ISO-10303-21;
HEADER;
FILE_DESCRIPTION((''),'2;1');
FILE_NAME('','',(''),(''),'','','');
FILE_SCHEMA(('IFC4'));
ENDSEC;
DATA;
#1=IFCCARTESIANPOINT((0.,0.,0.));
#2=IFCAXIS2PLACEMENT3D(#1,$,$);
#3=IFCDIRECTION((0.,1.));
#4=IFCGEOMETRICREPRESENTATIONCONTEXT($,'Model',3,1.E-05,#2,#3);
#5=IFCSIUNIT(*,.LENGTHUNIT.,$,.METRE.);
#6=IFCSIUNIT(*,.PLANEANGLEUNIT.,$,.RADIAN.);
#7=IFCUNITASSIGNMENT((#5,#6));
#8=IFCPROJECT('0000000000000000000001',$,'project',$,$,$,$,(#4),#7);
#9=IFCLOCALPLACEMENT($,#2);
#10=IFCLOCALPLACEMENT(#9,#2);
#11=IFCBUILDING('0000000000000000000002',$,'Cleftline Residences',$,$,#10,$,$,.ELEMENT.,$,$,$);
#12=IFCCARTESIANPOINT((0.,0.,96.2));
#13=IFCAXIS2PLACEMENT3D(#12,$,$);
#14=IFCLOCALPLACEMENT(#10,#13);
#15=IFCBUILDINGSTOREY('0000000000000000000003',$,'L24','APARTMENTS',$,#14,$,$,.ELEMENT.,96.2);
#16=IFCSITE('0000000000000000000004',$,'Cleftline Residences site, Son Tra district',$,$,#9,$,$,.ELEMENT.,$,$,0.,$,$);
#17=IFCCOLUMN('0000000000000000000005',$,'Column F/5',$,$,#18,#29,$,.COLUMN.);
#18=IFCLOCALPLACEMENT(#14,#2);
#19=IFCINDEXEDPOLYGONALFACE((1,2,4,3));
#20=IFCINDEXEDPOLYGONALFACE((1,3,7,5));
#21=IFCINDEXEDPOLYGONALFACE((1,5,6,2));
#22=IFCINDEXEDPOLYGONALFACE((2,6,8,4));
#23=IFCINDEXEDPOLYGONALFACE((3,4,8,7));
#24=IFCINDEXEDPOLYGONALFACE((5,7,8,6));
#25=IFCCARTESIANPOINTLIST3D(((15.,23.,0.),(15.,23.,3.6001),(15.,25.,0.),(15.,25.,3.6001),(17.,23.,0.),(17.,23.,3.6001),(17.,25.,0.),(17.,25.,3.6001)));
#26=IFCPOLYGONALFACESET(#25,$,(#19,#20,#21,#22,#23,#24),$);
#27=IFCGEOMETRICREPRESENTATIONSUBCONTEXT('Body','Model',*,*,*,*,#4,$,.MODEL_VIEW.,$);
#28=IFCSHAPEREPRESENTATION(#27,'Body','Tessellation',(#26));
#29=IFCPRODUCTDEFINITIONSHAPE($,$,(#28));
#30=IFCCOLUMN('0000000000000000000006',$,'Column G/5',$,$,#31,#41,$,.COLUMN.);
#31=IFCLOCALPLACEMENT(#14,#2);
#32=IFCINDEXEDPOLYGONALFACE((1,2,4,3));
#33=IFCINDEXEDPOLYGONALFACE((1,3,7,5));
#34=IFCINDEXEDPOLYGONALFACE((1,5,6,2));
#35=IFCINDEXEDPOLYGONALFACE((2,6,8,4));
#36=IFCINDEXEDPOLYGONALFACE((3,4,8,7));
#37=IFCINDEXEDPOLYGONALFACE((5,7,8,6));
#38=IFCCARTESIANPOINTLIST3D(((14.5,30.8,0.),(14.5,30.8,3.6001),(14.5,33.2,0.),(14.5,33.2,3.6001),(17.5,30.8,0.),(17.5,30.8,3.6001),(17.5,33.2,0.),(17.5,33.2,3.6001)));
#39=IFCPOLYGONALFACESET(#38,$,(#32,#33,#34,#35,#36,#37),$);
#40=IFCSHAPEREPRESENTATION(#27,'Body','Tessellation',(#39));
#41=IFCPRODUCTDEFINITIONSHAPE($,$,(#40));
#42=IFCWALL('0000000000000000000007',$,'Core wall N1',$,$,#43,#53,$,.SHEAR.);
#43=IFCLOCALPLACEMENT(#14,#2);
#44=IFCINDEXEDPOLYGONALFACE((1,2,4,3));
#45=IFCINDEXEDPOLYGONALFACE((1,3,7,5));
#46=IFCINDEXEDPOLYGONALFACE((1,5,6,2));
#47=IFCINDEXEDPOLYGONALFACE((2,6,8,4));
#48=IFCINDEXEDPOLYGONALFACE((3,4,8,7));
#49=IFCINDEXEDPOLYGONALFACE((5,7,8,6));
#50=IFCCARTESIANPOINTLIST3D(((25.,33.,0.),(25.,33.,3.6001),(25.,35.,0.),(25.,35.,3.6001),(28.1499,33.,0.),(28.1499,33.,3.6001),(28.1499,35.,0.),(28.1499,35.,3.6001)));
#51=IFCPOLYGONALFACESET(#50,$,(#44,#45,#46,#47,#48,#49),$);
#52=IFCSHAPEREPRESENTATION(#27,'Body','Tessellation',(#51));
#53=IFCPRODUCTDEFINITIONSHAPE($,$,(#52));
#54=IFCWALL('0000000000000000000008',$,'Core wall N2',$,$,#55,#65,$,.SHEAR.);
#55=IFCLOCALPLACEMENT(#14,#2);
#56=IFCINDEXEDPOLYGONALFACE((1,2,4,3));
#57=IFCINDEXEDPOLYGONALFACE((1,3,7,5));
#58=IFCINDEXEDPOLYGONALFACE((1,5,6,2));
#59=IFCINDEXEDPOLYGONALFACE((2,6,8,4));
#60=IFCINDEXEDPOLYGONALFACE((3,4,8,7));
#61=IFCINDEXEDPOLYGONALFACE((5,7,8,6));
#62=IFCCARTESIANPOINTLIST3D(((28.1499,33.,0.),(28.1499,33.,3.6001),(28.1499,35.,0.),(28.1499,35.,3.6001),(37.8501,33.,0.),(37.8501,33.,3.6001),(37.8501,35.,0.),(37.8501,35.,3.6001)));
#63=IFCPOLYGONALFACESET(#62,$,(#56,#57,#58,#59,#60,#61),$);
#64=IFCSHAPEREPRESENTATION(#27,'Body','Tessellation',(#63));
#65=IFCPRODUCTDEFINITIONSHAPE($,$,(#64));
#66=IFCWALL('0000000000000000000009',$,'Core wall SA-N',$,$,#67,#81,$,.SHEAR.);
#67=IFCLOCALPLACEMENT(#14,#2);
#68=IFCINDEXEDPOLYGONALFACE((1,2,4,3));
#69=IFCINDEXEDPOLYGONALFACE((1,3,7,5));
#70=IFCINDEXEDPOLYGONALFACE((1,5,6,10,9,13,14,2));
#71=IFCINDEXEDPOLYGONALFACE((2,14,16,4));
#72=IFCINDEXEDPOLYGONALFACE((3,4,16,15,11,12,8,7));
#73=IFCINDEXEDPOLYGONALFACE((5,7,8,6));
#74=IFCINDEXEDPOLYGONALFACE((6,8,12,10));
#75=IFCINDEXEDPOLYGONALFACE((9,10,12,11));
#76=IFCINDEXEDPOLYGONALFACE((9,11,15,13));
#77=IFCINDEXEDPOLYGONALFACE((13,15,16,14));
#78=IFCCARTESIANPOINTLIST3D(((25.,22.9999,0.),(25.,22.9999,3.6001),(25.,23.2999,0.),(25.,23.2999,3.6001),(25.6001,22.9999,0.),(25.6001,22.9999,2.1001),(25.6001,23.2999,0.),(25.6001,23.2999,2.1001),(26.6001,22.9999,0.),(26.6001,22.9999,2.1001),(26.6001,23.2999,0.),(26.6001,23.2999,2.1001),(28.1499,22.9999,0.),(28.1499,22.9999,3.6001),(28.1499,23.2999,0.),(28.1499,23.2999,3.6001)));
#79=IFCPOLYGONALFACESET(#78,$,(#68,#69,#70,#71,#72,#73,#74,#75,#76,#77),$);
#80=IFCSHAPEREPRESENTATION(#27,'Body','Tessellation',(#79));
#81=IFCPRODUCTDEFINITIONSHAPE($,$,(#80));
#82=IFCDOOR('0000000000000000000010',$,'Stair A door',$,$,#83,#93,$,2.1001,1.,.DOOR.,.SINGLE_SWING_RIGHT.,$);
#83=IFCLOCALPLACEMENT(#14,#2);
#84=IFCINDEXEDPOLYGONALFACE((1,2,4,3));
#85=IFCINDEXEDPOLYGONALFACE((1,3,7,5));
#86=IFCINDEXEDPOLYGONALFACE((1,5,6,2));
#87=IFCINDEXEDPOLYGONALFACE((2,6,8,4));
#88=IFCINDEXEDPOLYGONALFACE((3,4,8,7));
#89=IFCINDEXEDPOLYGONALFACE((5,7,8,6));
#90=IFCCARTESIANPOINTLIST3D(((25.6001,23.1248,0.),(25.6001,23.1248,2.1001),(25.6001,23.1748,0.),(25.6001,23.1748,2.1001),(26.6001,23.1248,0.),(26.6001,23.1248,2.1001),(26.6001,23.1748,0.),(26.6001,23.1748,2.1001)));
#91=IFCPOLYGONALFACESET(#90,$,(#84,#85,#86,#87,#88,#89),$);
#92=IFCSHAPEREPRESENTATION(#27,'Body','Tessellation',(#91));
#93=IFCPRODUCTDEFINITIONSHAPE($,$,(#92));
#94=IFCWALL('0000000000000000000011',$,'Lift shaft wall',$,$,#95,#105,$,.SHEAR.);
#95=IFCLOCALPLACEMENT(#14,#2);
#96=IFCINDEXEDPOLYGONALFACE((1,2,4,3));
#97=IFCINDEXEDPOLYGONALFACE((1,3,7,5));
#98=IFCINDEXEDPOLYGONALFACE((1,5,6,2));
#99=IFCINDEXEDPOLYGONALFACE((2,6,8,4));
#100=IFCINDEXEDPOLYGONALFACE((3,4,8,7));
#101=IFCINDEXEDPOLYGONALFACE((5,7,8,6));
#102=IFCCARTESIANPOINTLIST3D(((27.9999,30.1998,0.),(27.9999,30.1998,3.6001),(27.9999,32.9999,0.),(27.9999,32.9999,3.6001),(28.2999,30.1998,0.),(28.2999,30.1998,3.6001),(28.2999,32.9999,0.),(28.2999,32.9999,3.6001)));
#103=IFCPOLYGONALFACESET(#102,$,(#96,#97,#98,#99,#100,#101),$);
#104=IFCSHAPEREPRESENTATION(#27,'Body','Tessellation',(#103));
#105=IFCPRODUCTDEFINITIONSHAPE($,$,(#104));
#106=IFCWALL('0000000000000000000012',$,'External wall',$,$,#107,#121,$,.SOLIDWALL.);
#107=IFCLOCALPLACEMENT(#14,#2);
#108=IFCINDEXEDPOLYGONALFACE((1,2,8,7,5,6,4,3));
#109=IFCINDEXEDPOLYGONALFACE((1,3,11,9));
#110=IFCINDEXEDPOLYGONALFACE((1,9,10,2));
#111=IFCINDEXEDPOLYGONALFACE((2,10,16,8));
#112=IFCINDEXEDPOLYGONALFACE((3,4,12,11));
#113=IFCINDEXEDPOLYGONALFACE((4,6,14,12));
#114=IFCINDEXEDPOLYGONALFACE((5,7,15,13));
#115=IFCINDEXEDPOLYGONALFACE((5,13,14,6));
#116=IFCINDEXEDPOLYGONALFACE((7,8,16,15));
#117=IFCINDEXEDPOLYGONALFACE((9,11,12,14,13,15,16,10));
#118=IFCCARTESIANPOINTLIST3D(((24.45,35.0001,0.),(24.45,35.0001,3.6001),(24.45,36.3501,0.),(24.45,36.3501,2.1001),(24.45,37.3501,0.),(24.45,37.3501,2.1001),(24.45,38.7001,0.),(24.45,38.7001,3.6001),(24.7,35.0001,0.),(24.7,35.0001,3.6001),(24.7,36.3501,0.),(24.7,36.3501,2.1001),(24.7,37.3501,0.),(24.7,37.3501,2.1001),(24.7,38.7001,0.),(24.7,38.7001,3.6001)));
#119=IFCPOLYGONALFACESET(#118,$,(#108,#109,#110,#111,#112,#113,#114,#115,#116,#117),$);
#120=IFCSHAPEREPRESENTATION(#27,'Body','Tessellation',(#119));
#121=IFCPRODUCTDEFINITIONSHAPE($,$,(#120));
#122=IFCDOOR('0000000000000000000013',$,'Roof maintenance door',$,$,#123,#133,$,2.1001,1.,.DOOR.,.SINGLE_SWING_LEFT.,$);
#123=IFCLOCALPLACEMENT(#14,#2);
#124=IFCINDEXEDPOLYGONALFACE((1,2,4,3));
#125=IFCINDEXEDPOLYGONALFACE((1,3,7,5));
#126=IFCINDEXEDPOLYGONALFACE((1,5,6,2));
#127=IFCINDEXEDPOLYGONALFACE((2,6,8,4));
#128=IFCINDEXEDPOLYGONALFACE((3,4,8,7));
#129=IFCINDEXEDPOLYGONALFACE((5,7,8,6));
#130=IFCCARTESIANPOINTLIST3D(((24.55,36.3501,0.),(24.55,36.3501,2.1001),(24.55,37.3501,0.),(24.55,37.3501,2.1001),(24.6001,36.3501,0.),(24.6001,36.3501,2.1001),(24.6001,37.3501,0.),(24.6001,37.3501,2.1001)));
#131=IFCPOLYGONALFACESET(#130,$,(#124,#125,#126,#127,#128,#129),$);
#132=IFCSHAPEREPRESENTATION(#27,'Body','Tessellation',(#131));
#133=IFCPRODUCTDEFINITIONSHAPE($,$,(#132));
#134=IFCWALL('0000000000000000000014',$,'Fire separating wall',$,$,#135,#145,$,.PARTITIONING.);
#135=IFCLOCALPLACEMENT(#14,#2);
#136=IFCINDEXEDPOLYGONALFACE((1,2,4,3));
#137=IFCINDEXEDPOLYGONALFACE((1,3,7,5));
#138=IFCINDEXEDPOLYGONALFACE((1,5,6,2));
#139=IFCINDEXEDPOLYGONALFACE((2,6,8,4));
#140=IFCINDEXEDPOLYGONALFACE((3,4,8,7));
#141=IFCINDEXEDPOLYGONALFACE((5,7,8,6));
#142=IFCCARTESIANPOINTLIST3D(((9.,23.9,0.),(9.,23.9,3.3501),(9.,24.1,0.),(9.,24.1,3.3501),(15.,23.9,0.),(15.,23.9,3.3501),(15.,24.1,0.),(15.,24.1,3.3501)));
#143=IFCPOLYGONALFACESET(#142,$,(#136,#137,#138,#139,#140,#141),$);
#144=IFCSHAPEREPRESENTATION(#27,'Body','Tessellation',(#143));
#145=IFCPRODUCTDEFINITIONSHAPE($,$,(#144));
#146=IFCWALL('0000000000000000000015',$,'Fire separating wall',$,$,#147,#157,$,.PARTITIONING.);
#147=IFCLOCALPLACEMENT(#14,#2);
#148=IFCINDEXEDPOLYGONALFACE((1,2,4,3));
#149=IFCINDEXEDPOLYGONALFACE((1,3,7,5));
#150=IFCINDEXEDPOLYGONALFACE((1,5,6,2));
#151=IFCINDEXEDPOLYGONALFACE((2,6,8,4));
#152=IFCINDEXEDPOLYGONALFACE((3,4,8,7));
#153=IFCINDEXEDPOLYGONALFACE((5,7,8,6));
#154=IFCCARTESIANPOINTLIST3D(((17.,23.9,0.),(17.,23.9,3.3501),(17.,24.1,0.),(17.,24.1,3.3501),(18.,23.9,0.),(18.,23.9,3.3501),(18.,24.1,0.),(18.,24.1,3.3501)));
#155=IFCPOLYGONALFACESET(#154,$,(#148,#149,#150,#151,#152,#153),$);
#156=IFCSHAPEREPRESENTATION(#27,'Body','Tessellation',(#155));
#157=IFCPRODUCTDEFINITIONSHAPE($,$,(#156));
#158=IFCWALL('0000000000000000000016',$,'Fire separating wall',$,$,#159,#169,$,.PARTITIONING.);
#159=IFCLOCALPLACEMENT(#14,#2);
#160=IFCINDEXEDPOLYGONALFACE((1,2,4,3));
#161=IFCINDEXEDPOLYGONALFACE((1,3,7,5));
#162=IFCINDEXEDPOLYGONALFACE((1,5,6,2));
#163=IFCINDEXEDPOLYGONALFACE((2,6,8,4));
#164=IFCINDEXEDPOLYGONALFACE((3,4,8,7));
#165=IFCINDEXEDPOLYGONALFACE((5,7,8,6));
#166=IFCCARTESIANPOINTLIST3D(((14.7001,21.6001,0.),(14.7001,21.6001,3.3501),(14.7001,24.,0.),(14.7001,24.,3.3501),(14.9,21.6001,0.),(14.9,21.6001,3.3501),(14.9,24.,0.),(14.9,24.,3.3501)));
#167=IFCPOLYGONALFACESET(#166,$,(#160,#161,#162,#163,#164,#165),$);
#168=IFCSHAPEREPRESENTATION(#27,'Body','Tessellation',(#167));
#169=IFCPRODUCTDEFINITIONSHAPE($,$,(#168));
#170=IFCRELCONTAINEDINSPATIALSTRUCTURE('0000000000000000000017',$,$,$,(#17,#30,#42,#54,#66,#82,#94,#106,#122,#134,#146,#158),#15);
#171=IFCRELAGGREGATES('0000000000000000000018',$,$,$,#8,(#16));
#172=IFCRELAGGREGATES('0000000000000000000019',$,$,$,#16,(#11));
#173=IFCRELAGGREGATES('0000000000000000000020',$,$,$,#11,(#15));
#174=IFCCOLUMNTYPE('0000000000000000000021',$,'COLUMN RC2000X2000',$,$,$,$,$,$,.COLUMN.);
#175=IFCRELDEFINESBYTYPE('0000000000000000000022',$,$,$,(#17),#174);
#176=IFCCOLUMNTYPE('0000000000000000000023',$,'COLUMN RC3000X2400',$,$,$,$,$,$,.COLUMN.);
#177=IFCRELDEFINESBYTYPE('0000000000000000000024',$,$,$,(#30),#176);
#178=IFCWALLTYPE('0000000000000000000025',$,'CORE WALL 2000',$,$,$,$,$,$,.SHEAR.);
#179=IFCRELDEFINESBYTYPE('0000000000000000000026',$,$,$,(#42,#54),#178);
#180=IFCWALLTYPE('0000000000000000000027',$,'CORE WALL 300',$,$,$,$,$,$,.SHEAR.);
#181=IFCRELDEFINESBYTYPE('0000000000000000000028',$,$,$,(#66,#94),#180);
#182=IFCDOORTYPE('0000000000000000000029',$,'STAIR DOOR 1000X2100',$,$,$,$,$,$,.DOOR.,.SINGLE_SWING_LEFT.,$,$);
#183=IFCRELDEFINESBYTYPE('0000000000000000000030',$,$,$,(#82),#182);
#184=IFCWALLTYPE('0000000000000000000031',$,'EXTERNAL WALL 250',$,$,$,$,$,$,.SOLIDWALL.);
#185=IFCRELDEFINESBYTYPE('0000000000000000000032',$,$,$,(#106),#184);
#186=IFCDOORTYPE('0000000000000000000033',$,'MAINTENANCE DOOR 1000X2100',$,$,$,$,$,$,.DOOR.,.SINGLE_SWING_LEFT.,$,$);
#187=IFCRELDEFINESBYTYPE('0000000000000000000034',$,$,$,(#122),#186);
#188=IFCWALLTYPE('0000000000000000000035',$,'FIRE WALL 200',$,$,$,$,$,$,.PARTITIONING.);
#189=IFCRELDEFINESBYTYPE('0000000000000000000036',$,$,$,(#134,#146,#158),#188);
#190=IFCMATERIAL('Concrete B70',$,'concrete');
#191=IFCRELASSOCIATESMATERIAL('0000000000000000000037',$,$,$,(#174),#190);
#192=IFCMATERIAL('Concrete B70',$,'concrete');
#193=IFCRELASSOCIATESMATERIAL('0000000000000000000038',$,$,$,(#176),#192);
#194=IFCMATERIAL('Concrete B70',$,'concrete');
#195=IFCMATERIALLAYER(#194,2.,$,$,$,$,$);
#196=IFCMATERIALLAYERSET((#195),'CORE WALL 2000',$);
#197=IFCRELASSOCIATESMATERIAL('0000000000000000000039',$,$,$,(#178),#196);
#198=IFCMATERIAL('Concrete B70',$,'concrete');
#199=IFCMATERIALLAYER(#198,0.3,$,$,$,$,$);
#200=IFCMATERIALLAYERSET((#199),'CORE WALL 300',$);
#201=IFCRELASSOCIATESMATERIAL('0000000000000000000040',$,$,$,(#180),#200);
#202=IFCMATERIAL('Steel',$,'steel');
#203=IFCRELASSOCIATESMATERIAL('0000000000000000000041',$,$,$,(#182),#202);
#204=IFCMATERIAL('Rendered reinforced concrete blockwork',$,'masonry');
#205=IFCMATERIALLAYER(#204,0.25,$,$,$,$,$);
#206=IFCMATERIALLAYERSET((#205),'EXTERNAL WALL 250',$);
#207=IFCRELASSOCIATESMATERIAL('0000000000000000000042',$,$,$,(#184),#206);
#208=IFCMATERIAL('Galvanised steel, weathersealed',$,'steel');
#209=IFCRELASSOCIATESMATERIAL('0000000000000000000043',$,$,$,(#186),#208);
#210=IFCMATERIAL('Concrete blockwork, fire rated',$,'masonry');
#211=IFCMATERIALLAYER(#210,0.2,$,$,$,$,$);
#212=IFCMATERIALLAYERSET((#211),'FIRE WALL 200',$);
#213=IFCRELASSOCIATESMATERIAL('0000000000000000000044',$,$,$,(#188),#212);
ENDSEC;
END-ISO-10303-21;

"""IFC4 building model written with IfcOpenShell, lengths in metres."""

from ifc_helpers import new_model, si_unit, direction, frame, frame_2d, origin, origin_2d, place, context, subcontext, project, spatial, rectangle, extrude, material, layer, layer_set, material_profile, profile_set, type_object, element, fill, save


model = new_model("IFC4")

# Units and contexts
model_context = context("Model", 3, precision=1e-05, world=origin(), true_north=direction((0.0, 1.0)))
body_context = subcontext(model_context, "Body", "Model", "MODEL_VIEW")
ifc_project = project(units=[si_unit("LENGTHUNIT", "METRE"), si_unit("PLANEANGLEUNIT", "RADIAN")], contexts=[model_context])

# Site, building, storey
site_placement = place(None, origin())
site = spatial("IfcSite", under=ifc_project, at=site_placement, Name="Cleftline Residences site, Son Tra district", CompositionType="ELEMENT", RefElevation=0.0)
building_placement = place(site_placement, origin())
building = spatial("IfcBuilding", under=site, at=building_placement, Name="Cleftline Residences", CompositionType="ELEMENT")
storey_placement = place(building_placement, frame((0.0, 0.0, 96.2)))
storey = spatial("IfcBuildingStorey", under=building, at=storey_placement, Name="L24", Description="APARTMENTS", CompositionType="ELEMENT", Elevation=96.2)

# Columns
ifc_material_1 = material(Name="Concrete B70", Category="concrete")
ifc_material_profile_1 = material_profile(ifc_material_1, rectangle(XDim=2.0, YDim=2.0, at=origin_2d()))
ifc_profile_set_1 = profile_set([ifc_material_profile_1], Name="Concrete B70")
column_type_1 = type_object("IfcColumnType", Name="COLUMN RC2000X2000", PredefinedType="COLUMN", material=ifc_profile_set_1)
column_1_placement = place(storey_placement, frame((16.0, 24.0, 0.0), z_axis=(0.0, 0.0, 1.0), x_axis=(1.0, 0.0, 0.0)))
element("IfcColumn", 1, at=column_1_placement, inside=storey, type_object=column_type_1, Name="Column F/5", PredefinedType="COLUMN", context=body_context, shape_type="SweptSolid", body=[
    extrude(rectangle(XDim=2.0, YDim=2.0, at=origin_2d()), origin(), (0.0, 0.0, 1.0), 3.6001),
])
ifc_material_2 = material(Name="Concrete B70", Category="concrete")
ifc_material_profile_2 = material_profile(ifc_material_2, rectangle(XDim=3.0, YDim=2.3999, at=origin_2d()))
ifc_profile_set_2 = profile_set([ifc_material_profile_2], Name="Concrete B70")
column_type_2 = type_object("IfcColumnType", Name="COLUMN RC3000X2400", PredefinedType="COLUMN", material=ifc_profile_set_2)
column_2_placement = place(storey_placement, frame((16.0, 32.0, 0.0), z_axis=(0.0, 0.0, 1.0), x_axis=(1.0, 0.0, 0.0)))
element("IfcColumn", 2, at=column_2_placement, inside=storey, type_object=column_type_2, Name="Column G/5", PredefinedType="COLUMN", context=body_context, shape_type="SweptSolid", body=[
    extrude(rectangle(XDim=3.0, YDim=2.3999, at=origin_2d()), origin(), (0.0, 0.0, 1.0), 3.6001),
])

# Walls
ifc_material_3 = material(Name="Concrete B70", Category="concrete")
ifc_layer_1 = layer(ifc_material_3, 2.0)
ifc_layer_set_1 = layer_set([ifc_layer_1], Name="CORE WALL 2000")
wall_type_1 = type_object("IfcWallType", Name="CORE WALL 2000", PredefinedType="SHEAR", material=ifc_layer_set_1)
wall_1_placement = place(storey_placement, frame((25.0, 34.0, 0.0), z_axis=(0.0, 0.0, 1.0), x_axis=(1.0, 0.0, 0.0)))
element("IfcWall", 3, at=wall_1_placement, inside=storey, type_object=wall_type_1, Name="Core wall N1", PredefinedType="SHEAR", context=body_context, shape_type="SweptSolid", body=[
    extrude(rectangle(XDim=3.1499, YDim=2.0, at=frame_2d((1.575, 0.0))), origin(), (0.0, 0.0, 1.0), 3.6001),
])
wall_2_placement = place(storey_placement, frame((28.1499, 34.0, 0.0), z_axis=(0.0, 0.0, 1.0), x_axis=(1.0, 0.0, 0.0)))
element("IfcWall", 4, at=wall_2_placement, inside=storey, type_object=wall_type_1, Name="Core wall N2", PredefinedType="SHEAR", context=body_context, shape_type="SweptSolid", body=[
    extrude(rectangle(XDim=9.7002, YDim=2.0, at=frame_2d((4.8501, 0.0))), origin(), (0.0, 0.0, 1.0), 3.6001),
])

# Wall, opening, door
ifc_material_4 = material(Name="Concrete B70", Category="concrete")
ifc_layer_2 = layer(ifc_material_4, 0.3)
ifc_layer_set_2 = layer_set([ifc_layer_2], Name="CORE WALL 300")
wall_type_2 = type_object("IfcWallType", Name="CORE WALL 300", PredefinedType="SHEAR", material=ifc_layer_set_2)
wall_3_placement = place(storey_placement, frame((25.0, 23.1499, 0.0), z_axis=(0.0, 0.0, 1.0), x_axis=(1.0, 0.0, 0.0)))
wall_3 = element("IfcWall", 5, at=wall_3_placement, inside=storey, type_object=wall_type_2, Name="Core wall SA-N", PredefinedType="SHEAR", context=body_context, shape_type="SweptSolid", body=[
    extrude(rectangle(XDim=3.1499, YDim=0.3, at=frame_2d((1.575, 0.0))), origin(), (0.0, 0.0, 1.0), 3.6001),
])
opening_1_placement = place(wall_3_placement, frame((0.6001, 0.0, 0.0)))
opening_1 = element("IfcOpeningElement", 6, at=opening_1_placement, cuts=wall_3, PredefinedType="OPENING", context=body_context, shape_type="SweptSolid", body=[
    extrude(rectangle(XDim=1.0, YDim=2.1001, at=frame_2d((0.5, 1.05))), frame((0.0, 0.1599, 0.0), z_axis=(0.0, -1.0, 0.0), x_axis=(1.0, 0.0, 0.0)), (0.0, 0.0, 1.0), 0.3201),
])
ifc_material_5 = material(Name="Steel", Category="steel")
door_type_1 = type_object("IfcDoorType", Name="STAIR DOOR 1000X2100", OperationType="SINGLE_SWING_LEFT", PredefinedType="DOOR", material=ifc_material_5)
door_1_placement = place(opening_1_placement, origin())
door_1 = element("IfcDoor", 7, at=door_1_placement, inside=storey, type_object=door_type_1, Name="Stair A door", OperationType="SINGLE_SWING_RIGHT", OverallHeight=2.1001, OverallWidth=1.0, PredefinedType="DOOR", context=body_context, shape_type="SweptSolid", body=[
    extrude(rectangle(XDim=1.0, YDim=2.1001, at=frame_2d((0.5, 1.05))), frame((0.0, 0.0249, 0.0), z_axis=(0.0, -1.0, 0.0), x_axis=(1.0, 0.0, 0.0)), (0.0, 0.0, 1.0), 0.05),
])
fill(opening_1, door_1)

# Wall
wall_4_placement = place(storey_placement, frame((28.1499, 30.2, 0.0), z_axis=(0.0, 0.0, 1.0), x_axis=(0.0, 1.0, 0.0)))
element("IfcWall", 8, at=wall_4_placement, inside=storey, type_object=wall_type_2, Name="Lift shaft wall", PredefinedType="SHEAR", context=body_context, shape_type="SweptSolid", body=[
    extrude(rectangle(XDim=2.8, YDim=0.3, at=frame_2d((1.3999, 0.0))), origin(), (0.0, 0.0, 1.0), 3.6001),
])

# Wall, opening, door
ifc_material_6 = material(Name="Rendered reinforced concrete blockwork", Category="masonry")
ifc_layer_3 = layer(ifc_material_6, 0.25)
ifc_layer_set_3 = layer_set([ifc_layer_3], Name="EXTERNAL WALL 250")
wall_type_3 = type_object("IfcWallType", Name="EXTERNAL WALL 250", PredefinedType="SOLIDWALL", material=ifc_layer_set_3)
wall_5_placement = place(storey_placement, frame((24.575, 35.0, 0.0), z_axis=(0.0, 0.0, 1.0), x_axis=(0.0, 1.0, 0.0)))
wall_5 = element("IfcWall", 9, at=wall_5_placement, inside=storey, type_object=wall_type_3, Name="External wall", PredefinedType="SOLIDWALL", context=body_context, shape_type="SweptSolid", body=[
    extrude(rectangle(XDim=3.7, YDim=0.25, at=frame_2d((1.8501, 0.0))), origin(), (0.0, 0.0, 1.0), 3.6001),
])
opening_2_placement = place(wall_5_placement, frame((1.3501, 0.0, 0.0)))
opening_2 = element("IfcOpeningElement", 10, at=opening_2_placement, cuts=wall_5, PredefinedType="OPENING", context=body_context, shape_type="SweptSolid", body=[
    extrude(rectangle(XDim=1.0, YDim=2.1001, at=frame_2d((0.5, 1.05))), frame((0.0, 0.135, 0.0), z_axis=(0.0, -1.0, 0.0), x_axis=(1.0, 0.0, 0.0)), (0.0, 0.0, 1.0), 0.27),
])
ifc_material_7 = material(Name="Galvanised steel, weathersealed", Category="steel")
door_type_2 = type_object("IfcDoorType", Name="MAINTENANCE DOOR 1000X2100", OperationType="SINGLE_SWING_LEFT", PredefinedType="DOOR", material=ifc_material_7)
door_2_placement = place(opening_2_placement, origin())
door_2 = element("IfcDoor", 11, at=door_2_placement, inside=storey, type_object=door_type_2, Name="Roof maintenance door", OperationType="SINGLE_SWING_LEFT", OverallHeight=2.1001, OverallWidth=1.0, PredefinedType="DOOR", context=body_context, shape_type="SweptSolid", body=[
    extrude(rectangle(XDim=1.0, YDim=2.1001, at=frame_2d((0.5, 1.05))), frame((0.0, 0.0249, 0.0), z_axis=(0.0, -1.0, 0.0), x_axis=(1.0, 0.0, 0.0)), (0.0, 0.0, 1.0), 0.05),
])
fill(opening_2, door_2)

# Walls
ifc_material_8 = material(Name="Concrete blockwork, fire rated", Category="masonry")
ifc_layer_4 = layer(ifc_material_8, 0.2)
ifc_layer_set_4 = layer_set([ifc_layer_4], Name="FIRE WALL 200")
wall_type_4 = type_object("IfcWallType", Name="FIRE WALL 200", PredefinedType="PARTITIONING", material=ifc_layer_set_4)
wall_6_placement = place(storey_placement, frame((9.0, 24.0, 0.0), z_axis=(0.0, 0.0, 1.0), x_axis=(1.0, 0.0, 0.0)))
element("IfcWall", 12, at=wall_6_placement, inside=storey, type_object=wall_type_4, Name="Fire separating wall", PredefinedType="PARTITIONING", context=body_context, shape_type="SweptSolid", body=[
    extrude(rectangle(XDim=6.0, YDim=0.2, at=frame_2d((3.0, 0.0))), origin(), (0.0, 0.0, 1.0), 3.3501),
])
wall_7_placement = place(storey_placement, frame((17.0, 24.0, 0.0), z_axis=(0.0, 0.0, 1.0), x_axis=(1.0, 0.0, 0.0)))
element("IfcWall", 13, at=wall_7_placement, inside=storey, type_object=wall_type_4, Name="Fire separating wall", PredefinedType="PARTITIONING", context=body_context, shape_type="SweptSolid", body=[
    extrude(rectangle(XDim=1.0, YDim=0.2, at=frame_2d((0.5, 0.0))), origin(), (0.0, 0.0, 1.0), 3.3501),
])
wall_8_placement = place(storey_placement, frame((14.8, 21.6001, 0.0), z_axis=(0.0, 0.0, 1.0), x_axis=(0.0, 1.0, 0.0)))
element("IfcWall", 14, at=wall_8_placement, inside=storey, type_object=wall_type_4, Name="Fire separating wall", PredefinedType="PARTITIONING", context=body_context, shape_type="SweptSolid", body=[
    extrude(rectangle(XDim=2.3999, YDim=0.2, at=frame_2d((1.2, 0.0))), origin(), (0.0, 0.0, 1.0), 3.3501),
])

save(model, "model.ifc")
